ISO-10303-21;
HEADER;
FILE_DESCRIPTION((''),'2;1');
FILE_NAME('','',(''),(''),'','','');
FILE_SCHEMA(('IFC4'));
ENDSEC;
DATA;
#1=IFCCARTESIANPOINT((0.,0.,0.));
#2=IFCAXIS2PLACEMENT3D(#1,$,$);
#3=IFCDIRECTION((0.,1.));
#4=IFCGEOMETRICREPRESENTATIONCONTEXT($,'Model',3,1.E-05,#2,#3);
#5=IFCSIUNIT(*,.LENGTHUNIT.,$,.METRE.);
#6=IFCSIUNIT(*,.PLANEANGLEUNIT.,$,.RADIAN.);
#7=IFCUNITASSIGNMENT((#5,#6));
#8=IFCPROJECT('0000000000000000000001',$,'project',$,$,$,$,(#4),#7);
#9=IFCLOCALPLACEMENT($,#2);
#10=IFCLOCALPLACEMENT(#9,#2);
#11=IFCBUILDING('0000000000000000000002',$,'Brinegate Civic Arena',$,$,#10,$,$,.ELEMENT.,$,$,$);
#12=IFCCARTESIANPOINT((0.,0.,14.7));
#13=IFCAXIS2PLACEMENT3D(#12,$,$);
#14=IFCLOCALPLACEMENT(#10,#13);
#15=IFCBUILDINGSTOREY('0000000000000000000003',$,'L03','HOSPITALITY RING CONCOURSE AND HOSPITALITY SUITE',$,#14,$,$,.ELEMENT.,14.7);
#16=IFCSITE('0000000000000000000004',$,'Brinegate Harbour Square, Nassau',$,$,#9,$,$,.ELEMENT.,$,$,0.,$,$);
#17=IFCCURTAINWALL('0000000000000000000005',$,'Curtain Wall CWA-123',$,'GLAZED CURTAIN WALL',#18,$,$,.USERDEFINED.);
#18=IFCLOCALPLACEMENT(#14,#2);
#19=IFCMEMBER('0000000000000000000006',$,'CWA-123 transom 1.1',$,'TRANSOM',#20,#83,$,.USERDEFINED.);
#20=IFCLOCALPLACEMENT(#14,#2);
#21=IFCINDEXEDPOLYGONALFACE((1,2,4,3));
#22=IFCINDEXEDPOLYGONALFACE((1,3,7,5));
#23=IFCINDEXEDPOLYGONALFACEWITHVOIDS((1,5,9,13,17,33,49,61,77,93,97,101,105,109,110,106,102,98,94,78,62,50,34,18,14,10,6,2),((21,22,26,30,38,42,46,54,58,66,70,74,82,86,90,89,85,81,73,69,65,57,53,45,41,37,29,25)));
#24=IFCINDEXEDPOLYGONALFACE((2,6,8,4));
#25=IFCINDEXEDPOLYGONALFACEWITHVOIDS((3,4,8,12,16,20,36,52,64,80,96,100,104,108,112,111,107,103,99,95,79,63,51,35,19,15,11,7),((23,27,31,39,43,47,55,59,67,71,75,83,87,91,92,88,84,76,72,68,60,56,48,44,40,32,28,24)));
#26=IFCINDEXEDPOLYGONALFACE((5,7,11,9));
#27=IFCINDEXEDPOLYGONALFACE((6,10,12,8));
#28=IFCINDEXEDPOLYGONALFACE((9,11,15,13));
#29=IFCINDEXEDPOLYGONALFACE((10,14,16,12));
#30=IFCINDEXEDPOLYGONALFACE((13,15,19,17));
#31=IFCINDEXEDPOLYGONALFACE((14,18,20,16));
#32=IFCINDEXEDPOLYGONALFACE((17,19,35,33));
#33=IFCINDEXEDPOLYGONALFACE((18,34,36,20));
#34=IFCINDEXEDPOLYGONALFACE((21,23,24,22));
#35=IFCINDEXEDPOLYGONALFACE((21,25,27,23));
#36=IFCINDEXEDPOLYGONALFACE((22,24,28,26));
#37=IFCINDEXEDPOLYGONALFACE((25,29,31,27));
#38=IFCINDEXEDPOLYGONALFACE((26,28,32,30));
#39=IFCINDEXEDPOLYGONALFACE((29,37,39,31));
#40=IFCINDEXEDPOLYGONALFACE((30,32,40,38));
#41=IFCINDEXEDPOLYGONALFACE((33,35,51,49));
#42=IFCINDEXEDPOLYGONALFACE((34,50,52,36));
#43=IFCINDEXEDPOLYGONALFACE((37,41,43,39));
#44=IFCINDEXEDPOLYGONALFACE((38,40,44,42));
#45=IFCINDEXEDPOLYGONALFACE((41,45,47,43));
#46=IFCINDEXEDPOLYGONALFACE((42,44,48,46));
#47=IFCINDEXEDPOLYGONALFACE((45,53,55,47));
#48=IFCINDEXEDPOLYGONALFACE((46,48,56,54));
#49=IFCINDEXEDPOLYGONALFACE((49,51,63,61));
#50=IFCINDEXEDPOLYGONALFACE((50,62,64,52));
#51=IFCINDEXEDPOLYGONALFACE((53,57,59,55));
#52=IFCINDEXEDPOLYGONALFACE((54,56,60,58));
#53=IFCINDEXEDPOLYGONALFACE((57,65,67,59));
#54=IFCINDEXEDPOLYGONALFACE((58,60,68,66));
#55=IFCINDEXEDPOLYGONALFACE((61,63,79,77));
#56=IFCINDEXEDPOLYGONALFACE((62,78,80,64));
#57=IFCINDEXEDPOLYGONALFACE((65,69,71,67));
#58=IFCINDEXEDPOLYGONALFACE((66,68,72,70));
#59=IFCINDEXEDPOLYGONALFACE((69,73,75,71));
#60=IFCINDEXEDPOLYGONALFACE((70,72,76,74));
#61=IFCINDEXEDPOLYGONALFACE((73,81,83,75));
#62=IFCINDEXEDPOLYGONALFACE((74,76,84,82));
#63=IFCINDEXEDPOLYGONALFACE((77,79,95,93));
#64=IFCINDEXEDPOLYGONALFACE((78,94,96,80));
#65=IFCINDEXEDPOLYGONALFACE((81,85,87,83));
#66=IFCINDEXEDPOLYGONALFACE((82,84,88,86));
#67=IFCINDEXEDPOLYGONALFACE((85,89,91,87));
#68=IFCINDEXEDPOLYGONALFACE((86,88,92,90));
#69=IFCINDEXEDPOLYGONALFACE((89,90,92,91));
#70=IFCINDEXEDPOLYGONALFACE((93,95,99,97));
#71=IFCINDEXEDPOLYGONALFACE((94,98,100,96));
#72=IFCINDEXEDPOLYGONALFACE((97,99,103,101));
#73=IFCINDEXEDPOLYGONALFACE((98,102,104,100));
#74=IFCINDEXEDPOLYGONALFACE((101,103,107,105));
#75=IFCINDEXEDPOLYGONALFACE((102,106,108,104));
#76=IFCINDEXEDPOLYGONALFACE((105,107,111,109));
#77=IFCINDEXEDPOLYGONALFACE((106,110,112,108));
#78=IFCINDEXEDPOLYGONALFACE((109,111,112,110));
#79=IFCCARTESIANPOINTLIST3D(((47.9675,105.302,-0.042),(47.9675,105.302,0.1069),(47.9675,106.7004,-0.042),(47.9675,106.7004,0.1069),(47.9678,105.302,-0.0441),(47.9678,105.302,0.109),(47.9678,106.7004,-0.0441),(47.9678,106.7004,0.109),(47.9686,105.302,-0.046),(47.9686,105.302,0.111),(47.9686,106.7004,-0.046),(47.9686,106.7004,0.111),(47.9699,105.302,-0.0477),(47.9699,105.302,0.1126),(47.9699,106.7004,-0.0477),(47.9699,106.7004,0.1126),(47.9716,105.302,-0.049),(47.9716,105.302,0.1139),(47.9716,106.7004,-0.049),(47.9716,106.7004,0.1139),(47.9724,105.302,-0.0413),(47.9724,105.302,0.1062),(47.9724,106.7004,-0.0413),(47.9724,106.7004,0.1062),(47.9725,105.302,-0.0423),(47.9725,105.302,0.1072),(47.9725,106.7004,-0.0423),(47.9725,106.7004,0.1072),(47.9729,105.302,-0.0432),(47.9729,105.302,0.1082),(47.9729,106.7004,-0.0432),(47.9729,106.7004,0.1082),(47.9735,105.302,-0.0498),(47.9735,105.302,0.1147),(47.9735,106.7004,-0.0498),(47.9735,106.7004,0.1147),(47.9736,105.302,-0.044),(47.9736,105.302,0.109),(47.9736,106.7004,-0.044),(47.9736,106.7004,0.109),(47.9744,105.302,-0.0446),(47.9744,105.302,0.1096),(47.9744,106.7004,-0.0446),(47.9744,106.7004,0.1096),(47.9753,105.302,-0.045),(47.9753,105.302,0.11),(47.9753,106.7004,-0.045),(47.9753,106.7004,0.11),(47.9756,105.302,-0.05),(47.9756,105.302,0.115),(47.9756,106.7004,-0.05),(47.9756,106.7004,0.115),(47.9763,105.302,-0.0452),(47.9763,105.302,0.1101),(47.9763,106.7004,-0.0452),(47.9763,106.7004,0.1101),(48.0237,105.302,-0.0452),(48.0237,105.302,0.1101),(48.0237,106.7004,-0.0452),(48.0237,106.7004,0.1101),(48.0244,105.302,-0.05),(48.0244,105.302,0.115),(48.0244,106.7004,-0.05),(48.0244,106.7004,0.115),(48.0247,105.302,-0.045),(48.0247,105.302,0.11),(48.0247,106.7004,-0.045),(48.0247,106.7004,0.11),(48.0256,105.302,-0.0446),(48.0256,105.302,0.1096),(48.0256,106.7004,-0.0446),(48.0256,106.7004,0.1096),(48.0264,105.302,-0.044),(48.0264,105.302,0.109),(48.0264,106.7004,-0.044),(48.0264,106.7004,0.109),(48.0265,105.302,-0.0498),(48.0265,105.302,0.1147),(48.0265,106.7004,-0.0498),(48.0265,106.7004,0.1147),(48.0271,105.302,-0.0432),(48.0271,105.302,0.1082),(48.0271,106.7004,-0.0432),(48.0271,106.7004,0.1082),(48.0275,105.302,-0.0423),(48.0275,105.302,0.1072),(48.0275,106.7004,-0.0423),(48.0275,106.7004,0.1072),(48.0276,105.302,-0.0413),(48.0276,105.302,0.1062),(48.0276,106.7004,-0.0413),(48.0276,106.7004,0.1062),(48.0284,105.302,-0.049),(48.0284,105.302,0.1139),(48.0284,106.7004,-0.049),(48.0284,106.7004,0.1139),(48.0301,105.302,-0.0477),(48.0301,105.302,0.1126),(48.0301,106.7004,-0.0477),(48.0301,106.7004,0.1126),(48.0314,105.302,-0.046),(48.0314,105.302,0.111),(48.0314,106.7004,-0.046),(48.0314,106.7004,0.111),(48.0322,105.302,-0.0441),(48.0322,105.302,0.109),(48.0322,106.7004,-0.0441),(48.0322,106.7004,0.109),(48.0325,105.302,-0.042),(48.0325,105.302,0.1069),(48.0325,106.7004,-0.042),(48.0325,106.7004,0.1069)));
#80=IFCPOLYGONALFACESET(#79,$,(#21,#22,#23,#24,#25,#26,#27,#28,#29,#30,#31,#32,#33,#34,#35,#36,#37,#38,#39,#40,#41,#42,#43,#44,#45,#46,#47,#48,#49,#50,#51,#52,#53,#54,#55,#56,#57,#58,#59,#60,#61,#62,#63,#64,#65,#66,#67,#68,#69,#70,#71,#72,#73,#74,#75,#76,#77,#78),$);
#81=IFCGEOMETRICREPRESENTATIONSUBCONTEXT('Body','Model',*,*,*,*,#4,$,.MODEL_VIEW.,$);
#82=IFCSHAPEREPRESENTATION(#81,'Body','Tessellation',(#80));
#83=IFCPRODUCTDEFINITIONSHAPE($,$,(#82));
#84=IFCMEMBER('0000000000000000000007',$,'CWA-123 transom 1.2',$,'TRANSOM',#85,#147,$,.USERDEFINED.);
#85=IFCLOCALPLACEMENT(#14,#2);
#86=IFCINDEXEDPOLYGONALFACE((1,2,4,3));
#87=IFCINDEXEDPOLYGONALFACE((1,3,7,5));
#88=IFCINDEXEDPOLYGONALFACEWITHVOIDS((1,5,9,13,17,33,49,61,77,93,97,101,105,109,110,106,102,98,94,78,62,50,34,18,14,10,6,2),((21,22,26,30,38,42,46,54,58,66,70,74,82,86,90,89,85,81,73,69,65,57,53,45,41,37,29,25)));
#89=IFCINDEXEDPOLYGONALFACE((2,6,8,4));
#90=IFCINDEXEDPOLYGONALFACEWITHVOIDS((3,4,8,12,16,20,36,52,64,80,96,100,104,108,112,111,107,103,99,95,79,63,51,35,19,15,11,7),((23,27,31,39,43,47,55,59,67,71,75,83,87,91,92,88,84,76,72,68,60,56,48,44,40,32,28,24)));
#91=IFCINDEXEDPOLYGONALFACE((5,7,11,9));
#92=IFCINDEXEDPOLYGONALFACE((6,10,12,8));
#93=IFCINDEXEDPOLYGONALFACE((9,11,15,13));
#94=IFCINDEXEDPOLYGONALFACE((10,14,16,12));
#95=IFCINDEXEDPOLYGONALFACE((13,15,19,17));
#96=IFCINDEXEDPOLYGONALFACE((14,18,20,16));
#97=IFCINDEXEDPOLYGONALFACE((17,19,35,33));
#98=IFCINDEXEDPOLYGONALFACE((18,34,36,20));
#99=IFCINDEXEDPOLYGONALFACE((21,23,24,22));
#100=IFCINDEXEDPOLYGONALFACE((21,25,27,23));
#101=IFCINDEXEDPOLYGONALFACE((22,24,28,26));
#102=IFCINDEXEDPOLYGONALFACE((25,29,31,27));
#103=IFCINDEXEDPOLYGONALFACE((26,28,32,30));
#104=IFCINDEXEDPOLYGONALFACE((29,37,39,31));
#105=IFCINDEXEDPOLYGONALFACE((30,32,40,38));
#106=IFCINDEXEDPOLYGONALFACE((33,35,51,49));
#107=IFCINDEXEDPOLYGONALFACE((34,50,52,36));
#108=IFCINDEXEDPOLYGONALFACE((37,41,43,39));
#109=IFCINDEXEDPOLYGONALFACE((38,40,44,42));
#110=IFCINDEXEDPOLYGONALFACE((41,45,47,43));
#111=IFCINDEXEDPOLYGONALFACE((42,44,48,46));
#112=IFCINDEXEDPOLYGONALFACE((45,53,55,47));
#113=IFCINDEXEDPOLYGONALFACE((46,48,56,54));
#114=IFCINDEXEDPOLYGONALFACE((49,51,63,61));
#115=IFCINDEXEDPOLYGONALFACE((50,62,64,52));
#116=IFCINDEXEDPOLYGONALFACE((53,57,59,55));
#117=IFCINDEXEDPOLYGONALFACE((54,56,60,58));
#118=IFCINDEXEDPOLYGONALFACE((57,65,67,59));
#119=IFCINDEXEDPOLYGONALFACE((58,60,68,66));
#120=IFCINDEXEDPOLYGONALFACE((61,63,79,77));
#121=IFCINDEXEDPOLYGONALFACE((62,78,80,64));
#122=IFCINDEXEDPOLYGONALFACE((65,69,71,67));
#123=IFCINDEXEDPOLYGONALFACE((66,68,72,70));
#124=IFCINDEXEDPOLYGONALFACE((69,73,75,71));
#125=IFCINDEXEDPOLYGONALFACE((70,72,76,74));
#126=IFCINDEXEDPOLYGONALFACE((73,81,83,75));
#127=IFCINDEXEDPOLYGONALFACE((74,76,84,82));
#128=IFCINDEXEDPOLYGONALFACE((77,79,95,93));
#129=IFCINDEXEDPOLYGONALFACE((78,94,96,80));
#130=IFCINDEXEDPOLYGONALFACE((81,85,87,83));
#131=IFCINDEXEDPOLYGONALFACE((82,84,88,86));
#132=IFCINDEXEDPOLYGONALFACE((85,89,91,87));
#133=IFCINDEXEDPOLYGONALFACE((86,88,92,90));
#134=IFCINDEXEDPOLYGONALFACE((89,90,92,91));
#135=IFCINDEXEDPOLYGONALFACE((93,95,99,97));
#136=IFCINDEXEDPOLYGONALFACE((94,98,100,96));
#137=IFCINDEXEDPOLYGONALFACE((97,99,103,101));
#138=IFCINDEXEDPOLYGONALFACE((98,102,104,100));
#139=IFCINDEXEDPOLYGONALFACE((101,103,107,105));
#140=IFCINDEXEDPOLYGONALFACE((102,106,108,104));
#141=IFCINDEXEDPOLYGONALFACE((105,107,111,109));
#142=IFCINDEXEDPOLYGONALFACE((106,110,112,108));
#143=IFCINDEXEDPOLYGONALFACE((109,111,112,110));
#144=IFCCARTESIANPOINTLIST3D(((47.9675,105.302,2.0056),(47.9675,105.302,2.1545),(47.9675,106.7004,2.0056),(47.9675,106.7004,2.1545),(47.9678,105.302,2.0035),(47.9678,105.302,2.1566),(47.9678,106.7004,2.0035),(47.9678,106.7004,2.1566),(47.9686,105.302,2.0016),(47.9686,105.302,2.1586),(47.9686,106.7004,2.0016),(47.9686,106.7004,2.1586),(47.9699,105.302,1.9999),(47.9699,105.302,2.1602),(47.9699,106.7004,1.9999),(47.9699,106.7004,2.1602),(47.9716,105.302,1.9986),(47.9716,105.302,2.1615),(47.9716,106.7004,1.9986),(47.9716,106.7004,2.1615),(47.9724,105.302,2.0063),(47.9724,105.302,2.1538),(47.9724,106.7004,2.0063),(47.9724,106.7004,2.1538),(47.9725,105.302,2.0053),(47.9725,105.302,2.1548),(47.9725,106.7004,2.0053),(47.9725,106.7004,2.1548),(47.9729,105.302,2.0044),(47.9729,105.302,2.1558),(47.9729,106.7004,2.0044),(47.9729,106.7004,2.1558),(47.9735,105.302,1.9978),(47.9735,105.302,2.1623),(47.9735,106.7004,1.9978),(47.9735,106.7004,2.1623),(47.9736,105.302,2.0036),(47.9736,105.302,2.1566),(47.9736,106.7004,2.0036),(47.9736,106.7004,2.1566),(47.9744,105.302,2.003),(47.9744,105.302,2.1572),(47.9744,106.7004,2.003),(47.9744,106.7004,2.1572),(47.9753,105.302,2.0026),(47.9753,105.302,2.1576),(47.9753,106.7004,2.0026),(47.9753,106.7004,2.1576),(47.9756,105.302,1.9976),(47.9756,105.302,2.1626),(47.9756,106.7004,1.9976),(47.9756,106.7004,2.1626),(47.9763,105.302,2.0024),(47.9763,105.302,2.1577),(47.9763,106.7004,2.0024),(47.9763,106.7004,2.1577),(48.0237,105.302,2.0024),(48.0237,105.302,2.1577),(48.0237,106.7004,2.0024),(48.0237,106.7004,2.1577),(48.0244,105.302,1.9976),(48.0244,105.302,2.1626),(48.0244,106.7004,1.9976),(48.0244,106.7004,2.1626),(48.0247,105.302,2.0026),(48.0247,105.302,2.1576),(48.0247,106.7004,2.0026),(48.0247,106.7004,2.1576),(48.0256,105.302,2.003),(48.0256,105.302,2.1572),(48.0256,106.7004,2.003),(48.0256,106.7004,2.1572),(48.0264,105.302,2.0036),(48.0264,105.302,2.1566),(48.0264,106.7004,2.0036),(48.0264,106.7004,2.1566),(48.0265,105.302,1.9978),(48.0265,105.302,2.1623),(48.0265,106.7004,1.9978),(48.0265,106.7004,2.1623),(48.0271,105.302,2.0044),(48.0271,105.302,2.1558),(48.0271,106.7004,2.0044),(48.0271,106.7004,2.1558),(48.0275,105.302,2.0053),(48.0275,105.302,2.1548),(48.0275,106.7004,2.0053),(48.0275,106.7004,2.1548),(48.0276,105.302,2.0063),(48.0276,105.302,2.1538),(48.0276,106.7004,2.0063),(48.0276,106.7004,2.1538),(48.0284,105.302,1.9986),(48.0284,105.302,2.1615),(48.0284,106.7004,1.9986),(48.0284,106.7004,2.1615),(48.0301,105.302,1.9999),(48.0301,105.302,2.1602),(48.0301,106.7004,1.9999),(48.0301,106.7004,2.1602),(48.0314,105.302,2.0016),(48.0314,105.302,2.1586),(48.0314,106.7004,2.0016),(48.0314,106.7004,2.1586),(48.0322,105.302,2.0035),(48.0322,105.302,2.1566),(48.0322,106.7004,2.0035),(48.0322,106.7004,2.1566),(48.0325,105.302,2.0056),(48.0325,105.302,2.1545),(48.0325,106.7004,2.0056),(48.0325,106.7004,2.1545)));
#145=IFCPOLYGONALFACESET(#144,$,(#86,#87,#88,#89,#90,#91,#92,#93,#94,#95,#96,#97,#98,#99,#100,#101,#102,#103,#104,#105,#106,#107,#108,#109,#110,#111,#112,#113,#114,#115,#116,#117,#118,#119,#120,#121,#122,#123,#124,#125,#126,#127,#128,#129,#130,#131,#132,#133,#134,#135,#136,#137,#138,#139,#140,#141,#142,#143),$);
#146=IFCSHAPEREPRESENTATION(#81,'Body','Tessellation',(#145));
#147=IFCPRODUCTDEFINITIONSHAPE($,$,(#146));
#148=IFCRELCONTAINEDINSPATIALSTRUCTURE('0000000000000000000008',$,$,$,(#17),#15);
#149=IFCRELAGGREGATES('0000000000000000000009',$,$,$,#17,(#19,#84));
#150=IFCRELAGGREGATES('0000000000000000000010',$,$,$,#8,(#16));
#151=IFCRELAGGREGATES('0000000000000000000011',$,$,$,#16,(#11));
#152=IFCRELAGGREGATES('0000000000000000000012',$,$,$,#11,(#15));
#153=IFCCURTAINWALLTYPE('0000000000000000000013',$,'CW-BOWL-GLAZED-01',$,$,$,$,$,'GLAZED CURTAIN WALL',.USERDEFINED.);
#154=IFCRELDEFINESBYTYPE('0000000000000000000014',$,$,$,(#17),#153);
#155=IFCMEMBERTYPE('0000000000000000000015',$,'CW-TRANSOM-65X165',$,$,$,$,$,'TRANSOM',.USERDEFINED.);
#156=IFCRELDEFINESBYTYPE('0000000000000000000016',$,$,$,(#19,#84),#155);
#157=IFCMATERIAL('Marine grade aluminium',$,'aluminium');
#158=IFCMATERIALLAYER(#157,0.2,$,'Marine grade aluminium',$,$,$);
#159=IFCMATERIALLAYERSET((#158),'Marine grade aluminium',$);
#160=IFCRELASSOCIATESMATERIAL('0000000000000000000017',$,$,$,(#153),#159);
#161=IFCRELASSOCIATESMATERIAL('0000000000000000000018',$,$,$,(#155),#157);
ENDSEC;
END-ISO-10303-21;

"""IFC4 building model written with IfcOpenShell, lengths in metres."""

from ifc_helpers import new_model, si_unit, direction, frame, origin, origin_2d, place, context, subcontext, project, spatial, hollow_rectangle, extrude, material, layer, layer_set, material_profile, profile_set, type_object, element, aggregate, save


model = new_model("IFC4")

# Units and contexts
model_context = context("Model", 3, precision=1e-05, world=origin(), true_north=direction((0.0, 1.0)))
body_context = subcontext(model_context, "Body", "Model", "MODEL_VIEW")
ifc_project = project(units=[si_unit("LENGTHUNIT", "METRE"), si_unit("PLANEANGLEUNIT", "RADIAN")], contexts=[model_context])

# Site, building, storey
site_placement = place(None, origin())
site = spatial("IfcSite", under=ifc_project, at=site_placement, Name="Brinegate Harbour Square, Nassau", CompositionType="ELEMENT", RefElevation=0.0)
building_placement = place(site_placement, origin())
building = spatial("IfcBuilding", under=site, at=building_placement, Name="Brinegate Civic Arena", CompositionType="ELEMENT")
storey_placement = place(building_placement, frame((0.0, 0.0, 14.7)))
storey = spatial("IfcBuildingStorey", under=building, at=storey_placement, Name="L03", Description="HOSPITALITY RING CONCOURSE AND HOSPITALITY SUITE", CompositionType="ELEMENT", Elevation=14.7)

# Curtain wall, members
ifc_material_1 = material(Name="Marine grade aluminium", Category="aluminium")
ifc_layer_1 = layer(ifc_material_1, 0.2, Name="Marine grade aluminium")
ifc_layer_set_1 = layer_set([ifc_layer_1], Name="Marine grade aluminium")
curtain_wall_type = type_object("IfcCurtainWallType", Name="CW-BOWL-GLAZED-01", ElementType="GLAZED CURTAIN WALL", PredefinedType="USERDEFINED", material=ifc_layer_set_1)
curtain_wall_1_placement = place(storey_placement, origin())
curtain_wall_1 = element("IfcCurtainWall", 1, at=curtain_wall_1_placement, inside=storey, type_object=curtain_wall_type, Name="Curtain Wall CWA-123", ObjectType="GLAZED CURTAIN WALL", PredefinedType="USERDEFINED")
ifc_material_profile_1 = material_profile(ifc_material_1, hollow_rectangle(XDim=0.0649, YDim=0.165, WallThickness=0.0049, InnerFilletRadius=0.0039, OuterFilletRadius=0.0081, at=origin_2d()), Name="TRN65X165")
ifc_profile_set_1 = profile_set([ifc_material_profile_1], Name="Marine grade aluminium")
member_type_1 = type_object("IfcMemberType", Name="CW-TRANSOM-65X165", ElementType="TRANSOM", PredefinedType="USERDEFINED", material=ifc_profile_set_1)
member_1_placement = place(storey_placement, frame((48.0, 105.302, 0.0325), z_axis=(0.0, 1.0, 0.0), x_axis=(-1.0, 0.0, 0.0)))
member_1 = element("IfcMember", 2, at=member_1_placement, type_object=member_type_1, Name="CWA-123 transom 1.1", ObjectType="TRANSOM", PredefinedType="USERDEFINED", context=body_context, shape_type="SweptSolid", body=[
    extrude(hollow_rectangle(XDim=0.0649, YDim=0.165, WallThickness=0.0049, InnerFilletRadius=0.0039, OuterFilletRadius=0.0081, at=origin_2d()), origin(), (0.0, 0.0, 1.0), 1.3984),
])
member_2_placement = place(storey_placement, frame((48.0, 105.302, 2.0801), z_axis=(0.0, 1.0, 0.0), x_axis=(-1.0, 0.0, 0.0)))
member_2 = element("IfcMember", 3, at=member_2_placement, type_object=member_type_1, Name="CWA-123 transom 1.2", ObjectType="TRANSOM", PredefinedType="USERDEFINED", context=body_context, shape_type="SweptSolid", body=[
    extrude(hollow_rectangle(XDim=0.0649, YDim=0.165, WallThickness=0.0049, InnerFilletRadius=0.0039, OuterFilletRadius=0.0081, at=origin_2d()), origin(), (0.0, 0.0, 1.0), 1.3984),
])

aggregate(curtain_wall_1, [member_1, member_2])

save(model, "model.ifc")
